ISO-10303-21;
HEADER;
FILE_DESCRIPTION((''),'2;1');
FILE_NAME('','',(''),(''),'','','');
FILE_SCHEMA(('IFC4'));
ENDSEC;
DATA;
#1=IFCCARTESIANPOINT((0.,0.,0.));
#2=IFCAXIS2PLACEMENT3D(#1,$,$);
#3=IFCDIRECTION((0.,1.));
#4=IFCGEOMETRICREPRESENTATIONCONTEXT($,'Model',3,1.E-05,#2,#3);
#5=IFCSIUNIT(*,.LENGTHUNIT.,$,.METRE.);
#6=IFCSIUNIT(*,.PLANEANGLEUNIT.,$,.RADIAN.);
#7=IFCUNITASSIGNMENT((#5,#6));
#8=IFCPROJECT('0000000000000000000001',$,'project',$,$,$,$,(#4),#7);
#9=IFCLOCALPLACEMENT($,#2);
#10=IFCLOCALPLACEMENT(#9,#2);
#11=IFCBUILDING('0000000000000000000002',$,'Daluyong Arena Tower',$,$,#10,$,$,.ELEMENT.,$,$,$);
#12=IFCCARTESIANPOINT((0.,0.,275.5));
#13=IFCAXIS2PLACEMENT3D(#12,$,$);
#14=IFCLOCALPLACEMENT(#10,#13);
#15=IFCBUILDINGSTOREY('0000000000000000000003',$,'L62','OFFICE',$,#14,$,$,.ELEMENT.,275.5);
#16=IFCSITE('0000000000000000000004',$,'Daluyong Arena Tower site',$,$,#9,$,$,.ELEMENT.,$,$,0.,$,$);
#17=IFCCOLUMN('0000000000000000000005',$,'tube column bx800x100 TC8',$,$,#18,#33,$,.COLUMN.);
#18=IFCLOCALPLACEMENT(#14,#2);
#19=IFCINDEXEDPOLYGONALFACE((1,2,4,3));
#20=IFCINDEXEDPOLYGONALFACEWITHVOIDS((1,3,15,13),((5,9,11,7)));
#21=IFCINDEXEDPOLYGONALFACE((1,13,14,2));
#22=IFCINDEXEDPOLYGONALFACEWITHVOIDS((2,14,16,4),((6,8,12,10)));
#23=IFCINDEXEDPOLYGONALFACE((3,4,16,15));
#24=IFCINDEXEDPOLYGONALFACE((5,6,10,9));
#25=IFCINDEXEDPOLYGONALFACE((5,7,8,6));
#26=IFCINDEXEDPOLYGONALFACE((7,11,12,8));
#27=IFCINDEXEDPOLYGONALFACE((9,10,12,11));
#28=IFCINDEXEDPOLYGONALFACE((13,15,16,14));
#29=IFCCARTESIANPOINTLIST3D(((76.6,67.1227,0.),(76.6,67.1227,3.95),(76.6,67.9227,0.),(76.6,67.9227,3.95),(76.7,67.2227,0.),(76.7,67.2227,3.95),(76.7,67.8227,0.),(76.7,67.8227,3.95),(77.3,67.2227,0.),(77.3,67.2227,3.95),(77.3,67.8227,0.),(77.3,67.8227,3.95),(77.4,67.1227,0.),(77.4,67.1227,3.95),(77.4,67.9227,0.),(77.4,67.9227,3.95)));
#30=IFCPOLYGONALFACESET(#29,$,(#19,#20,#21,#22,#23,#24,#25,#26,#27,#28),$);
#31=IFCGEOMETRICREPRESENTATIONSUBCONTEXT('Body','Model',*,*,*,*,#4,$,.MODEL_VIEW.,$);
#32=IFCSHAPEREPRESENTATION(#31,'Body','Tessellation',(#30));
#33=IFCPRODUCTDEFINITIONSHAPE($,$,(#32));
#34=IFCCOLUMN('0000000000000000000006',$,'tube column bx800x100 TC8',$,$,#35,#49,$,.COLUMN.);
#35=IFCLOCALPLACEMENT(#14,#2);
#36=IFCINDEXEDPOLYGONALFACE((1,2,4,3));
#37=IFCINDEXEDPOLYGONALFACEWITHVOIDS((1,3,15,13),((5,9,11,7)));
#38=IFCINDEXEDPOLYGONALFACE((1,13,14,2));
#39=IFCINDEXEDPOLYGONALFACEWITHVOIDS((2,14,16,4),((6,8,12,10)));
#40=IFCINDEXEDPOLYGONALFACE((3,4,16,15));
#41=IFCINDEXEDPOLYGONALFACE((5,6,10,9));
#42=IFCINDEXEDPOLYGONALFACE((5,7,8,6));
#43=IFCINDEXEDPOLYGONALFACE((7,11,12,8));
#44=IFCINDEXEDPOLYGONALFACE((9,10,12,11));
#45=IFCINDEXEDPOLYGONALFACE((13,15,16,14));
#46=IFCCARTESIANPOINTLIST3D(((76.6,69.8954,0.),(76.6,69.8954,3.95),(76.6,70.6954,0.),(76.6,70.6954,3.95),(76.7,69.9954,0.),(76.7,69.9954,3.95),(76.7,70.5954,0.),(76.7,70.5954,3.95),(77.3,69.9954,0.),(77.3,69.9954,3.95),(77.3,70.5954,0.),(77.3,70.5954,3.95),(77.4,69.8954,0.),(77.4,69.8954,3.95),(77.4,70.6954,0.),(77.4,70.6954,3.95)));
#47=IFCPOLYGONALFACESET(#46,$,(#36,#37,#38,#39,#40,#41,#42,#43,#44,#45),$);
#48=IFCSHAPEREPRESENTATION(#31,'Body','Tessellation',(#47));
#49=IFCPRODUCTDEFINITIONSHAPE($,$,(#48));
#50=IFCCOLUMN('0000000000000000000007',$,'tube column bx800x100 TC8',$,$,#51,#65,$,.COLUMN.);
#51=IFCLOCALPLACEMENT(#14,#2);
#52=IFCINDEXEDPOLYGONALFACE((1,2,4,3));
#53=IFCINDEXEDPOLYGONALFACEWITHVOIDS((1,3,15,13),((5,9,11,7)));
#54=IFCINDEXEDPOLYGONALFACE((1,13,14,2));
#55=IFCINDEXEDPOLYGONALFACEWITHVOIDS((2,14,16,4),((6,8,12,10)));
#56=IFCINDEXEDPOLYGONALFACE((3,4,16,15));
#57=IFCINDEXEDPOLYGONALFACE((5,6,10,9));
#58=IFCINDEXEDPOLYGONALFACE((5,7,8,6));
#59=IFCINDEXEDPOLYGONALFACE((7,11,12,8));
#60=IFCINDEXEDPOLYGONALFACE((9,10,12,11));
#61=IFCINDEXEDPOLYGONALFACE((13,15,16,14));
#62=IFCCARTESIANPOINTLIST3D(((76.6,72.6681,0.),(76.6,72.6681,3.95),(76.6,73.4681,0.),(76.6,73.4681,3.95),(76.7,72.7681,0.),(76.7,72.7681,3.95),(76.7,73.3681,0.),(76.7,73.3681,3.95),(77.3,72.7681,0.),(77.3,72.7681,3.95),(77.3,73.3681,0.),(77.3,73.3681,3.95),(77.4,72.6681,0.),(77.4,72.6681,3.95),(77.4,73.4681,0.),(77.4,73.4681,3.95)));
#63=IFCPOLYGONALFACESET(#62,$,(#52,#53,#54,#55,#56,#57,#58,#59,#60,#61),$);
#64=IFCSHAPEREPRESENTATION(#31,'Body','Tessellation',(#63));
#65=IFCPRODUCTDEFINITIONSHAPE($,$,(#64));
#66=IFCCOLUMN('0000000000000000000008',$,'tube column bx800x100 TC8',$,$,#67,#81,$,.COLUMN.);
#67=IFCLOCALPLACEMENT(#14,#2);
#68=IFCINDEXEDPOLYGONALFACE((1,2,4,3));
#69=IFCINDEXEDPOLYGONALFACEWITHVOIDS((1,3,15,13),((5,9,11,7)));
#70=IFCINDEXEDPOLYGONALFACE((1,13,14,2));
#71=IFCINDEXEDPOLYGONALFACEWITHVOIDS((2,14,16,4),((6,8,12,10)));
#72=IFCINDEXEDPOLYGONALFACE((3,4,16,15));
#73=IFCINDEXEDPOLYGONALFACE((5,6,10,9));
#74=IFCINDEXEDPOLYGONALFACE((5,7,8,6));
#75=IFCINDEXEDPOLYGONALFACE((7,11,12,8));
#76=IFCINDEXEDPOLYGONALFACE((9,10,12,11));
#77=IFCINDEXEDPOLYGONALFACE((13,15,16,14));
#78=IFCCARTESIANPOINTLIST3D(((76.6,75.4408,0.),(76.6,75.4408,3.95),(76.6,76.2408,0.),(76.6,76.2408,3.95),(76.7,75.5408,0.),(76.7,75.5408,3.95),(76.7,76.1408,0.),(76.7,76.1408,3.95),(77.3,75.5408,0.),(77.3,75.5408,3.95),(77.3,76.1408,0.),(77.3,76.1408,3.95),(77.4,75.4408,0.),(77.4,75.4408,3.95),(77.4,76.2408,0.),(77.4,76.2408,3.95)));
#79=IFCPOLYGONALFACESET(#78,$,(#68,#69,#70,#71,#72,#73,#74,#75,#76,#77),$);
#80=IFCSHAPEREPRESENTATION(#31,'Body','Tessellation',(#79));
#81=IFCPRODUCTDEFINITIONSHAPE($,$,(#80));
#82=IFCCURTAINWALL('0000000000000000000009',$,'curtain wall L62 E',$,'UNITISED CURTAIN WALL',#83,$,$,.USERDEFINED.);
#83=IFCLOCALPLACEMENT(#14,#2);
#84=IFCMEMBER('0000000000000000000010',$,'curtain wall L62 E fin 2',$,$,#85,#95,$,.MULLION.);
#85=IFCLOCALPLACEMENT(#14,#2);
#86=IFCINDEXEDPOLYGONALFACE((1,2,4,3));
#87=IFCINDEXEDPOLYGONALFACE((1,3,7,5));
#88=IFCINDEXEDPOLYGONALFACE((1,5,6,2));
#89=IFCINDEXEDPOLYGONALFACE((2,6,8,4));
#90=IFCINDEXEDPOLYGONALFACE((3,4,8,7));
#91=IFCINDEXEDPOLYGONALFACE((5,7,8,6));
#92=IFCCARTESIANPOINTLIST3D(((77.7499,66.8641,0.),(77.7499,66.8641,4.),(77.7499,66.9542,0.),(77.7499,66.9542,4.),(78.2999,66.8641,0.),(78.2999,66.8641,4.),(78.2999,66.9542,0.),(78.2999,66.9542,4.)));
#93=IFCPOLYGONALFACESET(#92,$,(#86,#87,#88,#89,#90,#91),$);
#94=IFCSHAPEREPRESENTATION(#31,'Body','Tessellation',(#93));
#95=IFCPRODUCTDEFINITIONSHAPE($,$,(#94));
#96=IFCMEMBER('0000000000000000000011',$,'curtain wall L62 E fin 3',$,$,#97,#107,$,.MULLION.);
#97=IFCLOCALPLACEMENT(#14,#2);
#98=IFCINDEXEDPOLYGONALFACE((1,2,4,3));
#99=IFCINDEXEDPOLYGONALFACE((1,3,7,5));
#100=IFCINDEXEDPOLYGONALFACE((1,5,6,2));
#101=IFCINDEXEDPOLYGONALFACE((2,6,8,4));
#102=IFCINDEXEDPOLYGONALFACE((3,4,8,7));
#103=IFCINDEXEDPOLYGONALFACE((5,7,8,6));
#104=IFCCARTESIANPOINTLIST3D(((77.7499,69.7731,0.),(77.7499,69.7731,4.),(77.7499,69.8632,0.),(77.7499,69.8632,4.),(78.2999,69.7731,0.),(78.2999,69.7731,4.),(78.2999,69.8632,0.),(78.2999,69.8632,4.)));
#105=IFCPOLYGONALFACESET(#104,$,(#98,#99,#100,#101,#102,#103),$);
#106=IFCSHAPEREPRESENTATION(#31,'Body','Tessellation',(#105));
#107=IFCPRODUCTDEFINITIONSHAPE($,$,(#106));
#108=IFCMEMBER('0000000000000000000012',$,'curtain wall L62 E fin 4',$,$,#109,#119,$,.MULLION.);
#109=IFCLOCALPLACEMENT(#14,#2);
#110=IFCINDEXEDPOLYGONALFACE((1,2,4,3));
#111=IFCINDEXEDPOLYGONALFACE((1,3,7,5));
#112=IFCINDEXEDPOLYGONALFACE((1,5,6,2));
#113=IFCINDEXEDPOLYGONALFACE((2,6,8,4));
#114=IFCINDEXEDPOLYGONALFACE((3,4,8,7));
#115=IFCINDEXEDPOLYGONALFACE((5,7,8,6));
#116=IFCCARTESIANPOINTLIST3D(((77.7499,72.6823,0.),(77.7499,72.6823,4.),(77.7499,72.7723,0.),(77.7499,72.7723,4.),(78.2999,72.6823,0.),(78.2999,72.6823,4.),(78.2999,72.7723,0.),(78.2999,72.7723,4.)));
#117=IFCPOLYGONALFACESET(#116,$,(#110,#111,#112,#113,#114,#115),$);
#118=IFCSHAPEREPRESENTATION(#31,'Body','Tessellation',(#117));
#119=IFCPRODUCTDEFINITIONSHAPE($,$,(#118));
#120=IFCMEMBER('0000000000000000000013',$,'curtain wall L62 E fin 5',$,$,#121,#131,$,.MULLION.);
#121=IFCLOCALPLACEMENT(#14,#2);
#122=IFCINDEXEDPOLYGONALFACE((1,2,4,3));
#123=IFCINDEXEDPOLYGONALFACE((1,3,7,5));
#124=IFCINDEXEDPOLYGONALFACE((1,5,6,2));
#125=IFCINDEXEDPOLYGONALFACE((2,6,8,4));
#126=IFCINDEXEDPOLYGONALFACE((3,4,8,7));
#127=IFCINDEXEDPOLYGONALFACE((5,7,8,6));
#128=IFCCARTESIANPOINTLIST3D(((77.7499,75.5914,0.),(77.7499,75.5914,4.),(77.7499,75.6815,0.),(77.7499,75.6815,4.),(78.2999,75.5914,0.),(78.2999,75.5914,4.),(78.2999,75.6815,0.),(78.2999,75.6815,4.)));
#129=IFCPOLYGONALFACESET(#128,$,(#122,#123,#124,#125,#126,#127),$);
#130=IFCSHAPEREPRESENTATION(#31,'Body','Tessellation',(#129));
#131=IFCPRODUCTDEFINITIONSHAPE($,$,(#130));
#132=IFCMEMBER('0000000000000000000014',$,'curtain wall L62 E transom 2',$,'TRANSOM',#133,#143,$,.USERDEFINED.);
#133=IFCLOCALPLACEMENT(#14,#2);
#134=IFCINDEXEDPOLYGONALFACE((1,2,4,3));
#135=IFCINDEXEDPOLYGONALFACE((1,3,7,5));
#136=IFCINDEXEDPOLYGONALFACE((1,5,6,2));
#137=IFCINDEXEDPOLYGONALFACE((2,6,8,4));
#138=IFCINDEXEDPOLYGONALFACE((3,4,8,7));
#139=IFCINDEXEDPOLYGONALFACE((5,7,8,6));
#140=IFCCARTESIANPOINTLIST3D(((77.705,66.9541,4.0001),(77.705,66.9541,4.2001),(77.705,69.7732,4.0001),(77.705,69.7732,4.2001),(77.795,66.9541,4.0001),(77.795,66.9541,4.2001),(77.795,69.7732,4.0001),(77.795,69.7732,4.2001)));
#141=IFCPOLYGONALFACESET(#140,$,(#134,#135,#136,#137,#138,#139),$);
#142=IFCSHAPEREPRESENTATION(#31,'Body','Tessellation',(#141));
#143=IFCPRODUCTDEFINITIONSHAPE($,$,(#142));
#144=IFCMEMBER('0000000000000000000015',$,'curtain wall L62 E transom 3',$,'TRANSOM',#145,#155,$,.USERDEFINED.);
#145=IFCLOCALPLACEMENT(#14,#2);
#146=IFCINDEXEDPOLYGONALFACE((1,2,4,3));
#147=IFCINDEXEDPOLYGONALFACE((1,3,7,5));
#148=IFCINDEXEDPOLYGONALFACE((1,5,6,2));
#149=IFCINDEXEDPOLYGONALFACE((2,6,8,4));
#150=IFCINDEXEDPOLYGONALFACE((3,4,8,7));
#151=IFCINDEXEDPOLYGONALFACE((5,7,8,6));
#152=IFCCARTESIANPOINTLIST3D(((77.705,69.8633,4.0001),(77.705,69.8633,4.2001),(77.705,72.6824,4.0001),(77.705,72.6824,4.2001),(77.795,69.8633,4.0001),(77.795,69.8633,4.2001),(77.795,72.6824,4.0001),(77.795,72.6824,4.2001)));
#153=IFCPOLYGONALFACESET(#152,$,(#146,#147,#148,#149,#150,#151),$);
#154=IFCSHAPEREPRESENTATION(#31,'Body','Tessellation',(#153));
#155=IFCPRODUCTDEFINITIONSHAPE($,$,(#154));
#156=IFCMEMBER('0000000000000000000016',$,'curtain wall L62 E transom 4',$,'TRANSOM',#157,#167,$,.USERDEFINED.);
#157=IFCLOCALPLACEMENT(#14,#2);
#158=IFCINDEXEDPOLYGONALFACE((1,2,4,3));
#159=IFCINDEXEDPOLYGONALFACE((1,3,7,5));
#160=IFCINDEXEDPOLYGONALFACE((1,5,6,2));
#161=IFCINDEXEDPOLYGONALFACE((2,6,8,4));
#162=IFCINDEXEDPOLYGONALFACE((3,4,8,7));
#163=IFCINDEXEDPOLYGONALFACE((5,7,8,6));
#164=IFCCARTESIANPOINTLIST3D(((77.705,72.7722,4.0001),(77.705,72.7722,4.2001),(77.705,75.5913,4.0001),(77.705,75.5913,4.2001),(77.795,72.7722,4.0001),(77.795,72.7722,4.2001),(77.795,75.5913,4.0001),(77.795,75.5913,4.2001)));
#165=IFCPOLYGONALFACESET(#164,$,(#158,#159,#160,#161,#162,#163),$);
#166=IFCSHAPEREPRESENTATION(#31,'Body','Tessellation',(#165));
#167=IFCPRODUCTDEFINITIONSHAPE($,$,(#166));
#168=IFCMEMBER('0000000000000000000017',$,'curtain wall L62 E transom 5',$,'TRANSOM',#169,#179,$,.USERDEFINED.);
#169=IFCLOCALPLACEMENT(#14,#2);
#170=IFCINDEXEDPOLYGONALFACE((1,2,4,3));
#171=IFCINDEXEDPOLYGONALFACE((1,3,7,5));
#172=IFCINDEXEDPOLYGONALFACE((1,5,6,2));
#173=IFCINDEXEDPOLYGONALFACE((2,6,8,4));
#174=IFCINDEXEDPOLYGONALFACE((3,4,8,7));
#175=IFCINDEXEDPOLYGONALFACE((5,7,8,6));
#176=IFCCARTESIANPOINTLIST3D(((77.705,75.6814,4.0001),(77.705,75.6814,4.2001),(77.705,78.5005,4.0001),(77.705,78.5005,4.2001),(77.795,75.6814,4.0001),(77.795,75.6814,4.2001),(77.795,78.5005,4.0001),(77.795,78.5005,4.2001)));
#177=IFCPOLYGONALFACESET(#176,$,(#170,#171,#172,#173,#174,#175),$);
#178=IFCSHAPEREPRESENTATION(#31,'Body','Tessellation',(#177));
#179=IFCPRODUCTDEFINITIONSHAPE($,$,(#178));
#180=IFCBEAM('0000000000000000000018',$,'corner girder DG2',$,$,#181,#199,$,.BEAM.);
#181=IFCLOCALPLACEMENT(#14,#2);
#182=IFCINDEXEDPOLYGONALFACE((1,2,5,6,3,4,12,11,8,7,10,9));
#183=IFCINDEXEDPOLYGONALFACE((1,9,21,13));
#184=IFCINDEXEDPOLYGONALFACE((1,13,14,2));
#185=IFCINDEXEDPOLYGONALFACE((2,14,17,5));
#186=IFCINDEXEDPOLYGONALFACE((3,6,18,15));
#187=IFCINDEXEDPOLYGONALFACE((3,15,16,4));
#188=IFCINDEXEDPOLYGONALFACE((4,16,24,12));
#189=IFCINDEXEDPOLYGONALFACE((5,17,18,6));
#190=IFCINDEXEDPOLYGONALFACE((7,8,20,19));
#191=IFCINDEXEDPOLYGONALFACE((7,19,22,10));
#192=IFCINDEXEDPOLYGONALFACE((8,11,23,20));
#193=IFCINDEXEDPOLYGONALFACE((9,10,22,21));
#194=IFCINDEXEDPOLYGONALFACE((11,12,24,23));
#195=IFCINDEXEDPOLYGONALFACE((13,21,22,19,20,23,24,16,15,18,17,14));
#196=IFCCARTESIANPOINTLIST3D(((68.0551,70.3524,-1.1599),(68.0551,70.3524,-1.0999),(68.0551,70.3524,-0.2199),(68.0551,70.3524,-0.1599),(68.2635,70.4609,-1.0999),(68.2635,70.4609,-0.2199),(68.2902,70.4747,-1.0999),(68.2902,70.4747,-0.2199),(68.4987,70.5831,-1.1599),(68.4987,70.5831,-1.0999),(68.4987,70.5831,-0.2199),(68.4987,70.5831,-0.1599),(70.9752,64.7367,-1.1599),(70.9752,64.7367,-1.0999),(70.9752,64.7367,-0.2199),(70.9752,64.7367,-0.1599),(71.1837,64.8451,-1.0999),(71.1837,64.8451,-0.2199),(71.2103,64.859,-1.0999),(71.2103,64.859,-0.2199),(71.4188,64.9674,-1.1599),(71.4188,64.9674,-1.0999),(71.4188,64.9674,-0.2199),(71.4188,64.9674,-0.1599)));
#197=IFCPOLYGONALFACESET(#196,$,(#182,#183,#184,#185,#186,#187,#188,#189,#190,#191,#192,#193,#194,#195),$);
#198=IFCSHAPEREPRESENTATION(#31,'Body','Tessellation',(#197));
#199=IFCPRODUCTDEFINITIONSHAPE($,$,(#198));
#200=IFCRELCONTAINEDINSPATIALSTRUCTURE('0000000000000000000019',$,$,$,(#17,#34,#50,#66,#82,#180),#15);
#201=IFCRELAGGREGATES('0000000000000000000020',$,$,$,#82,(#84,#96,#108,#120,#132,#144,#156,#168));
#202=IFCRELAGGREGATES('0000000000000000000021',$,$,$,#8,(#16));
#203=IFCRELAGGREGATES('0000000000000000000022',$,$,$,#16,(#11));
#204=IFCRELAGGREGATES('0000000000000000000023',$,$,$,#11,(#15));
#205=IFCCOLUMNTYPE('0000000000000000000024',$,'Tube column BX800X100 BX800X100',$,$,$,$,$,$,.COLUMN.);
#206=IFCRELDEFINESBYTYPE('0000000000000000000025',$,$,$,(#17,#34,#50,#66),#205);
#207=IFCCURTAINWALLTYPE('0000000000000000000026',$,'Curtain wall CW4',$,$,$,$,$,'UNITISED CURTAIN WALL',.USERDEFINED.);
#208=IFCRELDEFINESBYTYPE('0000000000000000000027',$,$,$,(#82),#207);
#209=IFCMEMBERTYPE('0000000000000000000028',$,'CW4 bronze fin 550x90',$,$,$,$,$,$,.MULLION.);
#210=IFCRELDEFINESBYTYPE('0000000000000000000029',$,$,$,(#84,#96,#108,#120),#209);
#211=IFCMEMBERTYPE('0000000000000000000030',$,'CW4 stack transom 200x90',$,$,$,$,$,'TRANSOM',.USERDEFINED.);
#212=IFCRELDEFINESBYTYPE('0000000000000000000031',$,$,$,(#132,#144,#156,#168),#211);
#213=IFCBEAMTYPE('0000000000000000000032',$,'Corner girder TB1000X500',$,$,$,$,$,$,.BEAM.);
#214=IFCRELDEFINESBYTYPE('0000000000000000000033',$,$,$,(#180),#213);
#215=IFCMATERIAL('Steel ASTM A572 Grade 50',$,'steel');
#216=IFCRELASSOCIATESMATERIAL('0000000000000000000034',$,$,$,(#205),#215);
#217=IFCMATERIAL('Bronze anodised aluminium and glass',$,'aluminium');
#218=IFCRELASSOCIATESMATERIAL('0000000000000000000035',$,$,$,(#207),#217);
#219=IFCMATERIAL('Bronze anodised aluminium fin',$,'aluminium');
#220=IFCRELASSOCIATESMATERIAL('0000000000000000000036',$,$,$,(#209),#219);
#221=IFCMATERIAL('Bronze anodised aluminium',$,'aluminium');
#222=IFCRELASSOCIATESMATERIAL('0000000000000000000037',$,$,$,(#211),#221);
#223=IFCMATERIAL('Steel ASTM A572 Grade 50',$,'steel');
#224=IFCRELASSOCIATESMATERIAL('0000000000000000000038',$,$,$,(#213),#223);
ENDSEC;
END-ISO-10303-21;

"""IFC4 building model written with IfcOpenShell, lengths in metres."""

from ifc_helpers import new_model, si_unit, direction, frame, origin, origin_2d, place, context, subcontext, project, spatial, rectangle, hollow_rectangle, i_section, extrude, material, material_profile, profile_set, type_object, element, aggregate, save


model = new_model("IFC4")

# Units and contexts
model_context = context("Model", 3, precision=1e-05, world=origin(), true_north=direction((0.0, 1.0)))
body_context = subcontext(model_context, "Body", "Model", "MODEL_VIEW")
ifc_project = project(units=[si_unit("LENGTHUNIT", "METRE"), si_unit("PLANEANGLEUNIT", "RADIAN")], contexts=[model_context])

# Site, building, storey
site_placement = place(None, origin())
site = spatial("IfcSite", under=ifc_project, at=site_placement, Name="Daluyong Arena Tower site", CompositionType="ELEMENT", RefElevation=0.0)
building_placement = place(site_placement, origin())
building = spatial("IfcBuilding", under=site, at=building_placement, Name="Daluyong Arena Tower", CompositionType="ELEMENT")
storey_placement = place(building_placement, frame((0.0, 0.0, 275.5)))
storey = spatial("IfcBuildingStorey", under=building, at=storey_placement, Name="L62", Description="OFFICE", CompositionType="ELEMENT", Elevation=275.5)

# Columns
ifc_material_1 = material(Name="Steel ASTM A572 Grade 50", Category="steel")
ifc_material_profile_1 = material_profile(ifc_material_1, hollow_rectangle(XDim=0.8, YDim=0.8, WallThickness=0.1, at=origin_2d()))
ifc_profile_set_1 = profile_set([ifc_material_profile_1], Name="Steel ASTM A572 Grade 50")
column_type = type_object("IfcColumnType", Name="Tube column BX800X100 BX800X100", PredefinedType="COLUMN", material=ifc_profile_set_1)
for number, where, z_axis, x_axis, name in (
    (1, (77.0, 67.5227, 0.0), (0.0, 0.0, 1.0), (0.0, 1.0, 0.0), "tube column bx800x100 TC8"),
    (2, (77.0, 70.2954, 0.0), (0.0, 0.0, 1.0), (0.0, 1.0, 0.0), "tube column bx800x100 TC8"),
    (3, (77.0, 73.0681, 0.0), (0.0, 0.0, 1.0), (0.0, 1.0, 0.0), "tube column bx800x100 TC8"),
    (4, (77.0, 75.8408, 0.0), (0.0, 0.0, 1.0), (0.0, 1.0, 0.0), "tube column bx800x100 TC8"),
):
    element("IfcColumn", number, at=place(storey_placement, frame(where, z_axis=z_axis, x_axis=x_axis)), inside=storey, type_object=column_type, Name=name, PredefinedType="COLUMN", context=body_context, shape_type="SweptSolid", body=[
        extrude(hollow_rectangle(XDim=0.8, YDim=0.8, WallThickness=0.1, at=origin_2d()), origin(), (0.0, 0.0, 1.0), 3.95),
    ])

# Curtain wall, members
ifc_material_2 = material(Name="Bronze anodised aluminium and glass", Category="aluminium")
curtain_wall_type = type_object("IfcCurtainWallType", Name="Curtain wall CW4", ElementType="UNITISED CURTAIN WALL", PredefinedType="USERDEFINED", material=ifc_material_2)
curtain_wall_placement = place(storey_placement, origin())
curtain_wall = element("IfcCurtainWall", 5, at=curtain_wall_placement, inside=storey, type_object=curtain_wall_type, Name="curtain wall L62 E", ObjectType="UNITISED CURTAIN WALL", PredefinedType="USERDEFINED")
ifc_material_3 = material(Name="Bronze anodised aluminium fin", Category="aluminium")
ifc_material_profile_2 = material_profile(ifc_material_3, rectangle(XDim=0.55, YDim=0.0901, at=origin_2d()))
ifc_profile_set_2 = profile_set([ifc_material_profile_2], Name="Bronze anodised aluminium fin")
member_type_1 = type_object("IfcMemberType", Name="CW4 bronze fin 550x90", PredefinedType="MULLION", material=ifc_profile_set_2)
member_1_placement = place(storey_placement, frame((78.0249, 66.9092, 0.0), z_axis=(0.0, 0.0, 1.0), x_axis=(-1.0, 0.0, 0.0)))
member_1 = element("IfcMember", 6, at=member_1_placement, type_object=member_type_1, Name="curtain wall L62 E fin 2", PredefinedType="MULLION", context=body_context, shape_type="SweptSolid", body=[
    extrude(rectangle(XDim=0.55, YDim=0.0901, at=origin_2d()), origin(), (0.0, 0.0, 1.0), 4.0),
])
member_2_placement = place(storey_placement, frame((78.0249, 69.8181, 0.0), z_axis=(0.0, 0.0, 1.0), x_axis=(-1.0, 0.0, 0.0)))
member_2 = element("IfcMember", 7, at=member_2_placement, type_object=member_type_1, Name="curtain wall L62 E fin 3", PredefinedType="MULLION", context=body_context, shape_type="SweptSolid", body=[
    extrude(rectangle(XDim=0.55, YDim=0.0901, at=origin_2d()), origin(), (0.0, 0.0, 1.0), 4.0),
])
member_3_placement = place(storey_placement, frame((78.0249, 72.7273, 0.0), z_axis=(0.0, 0.0, 1.0), x_axis=(-1.0, 0.0, 0.0)))
member_3 = element("IfcMember", 8, at=member_3_placement, type_object=member_type_1, Name="curtain wall L62 E fin 4", PredefinedType="MULLION", context=body_context, shape_type="SweptSolid", body=[
    extrude(rectangle(XDim=0.55, YDim=0.0901, at=origin_2d()), origin(), (0.0, 0.0, 1.0), 4.0),
])
member_4_placement = place(storey_placement, frame((78.0249, 75.6365, 0.0), z_axis=(0.0, 0.0, 1.0), x_axis=(-1.0, 0.0, 0.0)))
member_4 = element("IfcMember", 9, at=member_4_placement, type_object=member_type_1, Name="curtain wall L62 E fin 5", PredefinedType="MULLION", context=body_context, shape_type="SweptSolid", body=[
    extrude(rectangle(XDim=0.55, YDim=0.0901, at=origin_2d()), origin(), (0.0, 0.0, 1.0), 4.0),
])
ifc_material_4 = material(Name="Bronze anodised aluminium", Category="aluminium")
ifc_material_profile_3 = material_profile(ifc_material_4, rectangle(XDim=0.0901, YDim=0.2, at=origin_2d()))
ifc_profile_set_3 = profile_set([ifc_material_profile_3], Name="Bronze anodised aluminium")
member_type_2 = type_object("IfcMemberType", Name="CW4 stack transom 200x90", ElementType="TRANSOM", PredefinedType="USERDEFINED", material=ifc_profile_set_3)
member_5_placement = place(storey_placement, frame((77.75, 66.9541, 4.1001), z_axis=(0.0, 1.0, 0.0), x_axis=(-1.0, 0.0, 0.0)))
member_5 = element("IfcMember", 10, at=member_5_placement, type_object=member_type_2, Name="curtain wall L62 E transom 2", ObjectType="TRANSOM", PredefinedType="USERDEFINED", context=body_context, shape_type="SweptSolid", body=[
    extrude(rectangle(XDim=0.0901, YDim=0.2, at=origin_2d()), origin(), (0.0, 0.0, 1.0), 2.8191),
])
member_6_placement = place(storey_placement, frame((77.75, 69.8633, 4.1001), z_axis=(0.0, 1.0, 0.0), x_axis=(-1.0, 0.0, 0.0)))
member_6 = element("IfcMember", 11, at=member_6_placement, type_object=member_type_2, Name="curtain wall L62 E transom 3", ObjectType="TRANSOM", PredefinedType="USERDEFINED", context=body_context, shape_type="SweptSolid", body=[
    extrude(rectangle(XDim=0.0901, YDim=0.2, at=origin_2d()), origin(), (0.0, 0.0, 1.0), 2.8191),
])
member_7_placement = place(storey_placement, frame((77.75, 72.7722, 4.1001), z_axis=(0.0, 1.0, 0.0), x_axis=(-1.0, 0.0, 0.0)))
member_7 = element("IfcMember", 12, at=member_7_placement, type_object=member_type_2, Name="curtain wall L62 E transom 4", ObjectType="TRANSOM", PredefinedType="USERDEFINED", context=body_context, shape_type="SweptSolid", body=[
    extrude(rectangle(XDim=0.0901, YDim=0.2, at=origin_2d()), origin(), (0.0, 0.0, 1.0), 2.8191),
])
member_8_placement = place(storey_placement, frame((77.75, 75.6814, 4.1001), z_axis=(0.0, 1.0, 0.0), x_axis=(-1.0, 0.0, 0.0)))
member_8 = element("IfcMember", 13, at=member_8_placement, type_object=member_type_2, Name="curtain wall L62 E transom 5", ObjectType="TRANSOM", PredefinedType="USERDEFINED", context=body_context, shape_type="SweptSolid", body=[
    extrude(rectangle(XDim=0.0901, YDim=0.2, at=origin_2d()), origin(), (0.0, 0.0, 1.0), 2.8191),
])

# Beam
ifc_material_5 = material(Name="Steel ASTM A572 Grade 50", Category="steel")
ifc_material_profile_4 = material_profile(ifc_material_5, i_section(OverallWidth=0.5, OverallDepth=1.0, WebThickness=0.03, FlangeThickness=0.06, at=origin_2d()))
ifc_profile_set_4 = profile_set([ifc_material_profile_4], Name="Steel ASTM A572 Grade 50")
beam_type_1 = type_object("IfcBeamType", Name="Corner girder TB1000X500", PredefinedType="BEAM", material=ifc_profile_set_4)
beam_1_placement = place(storey_placement, frame((71.197, 64.8521, -0.6599), z_axis=(-0.461352, 0.887217, 0.0), x_axis=(-0.887217, -0.461352, 0.0)))
element("IfcBeam", 14, at=beam_1_placement, inside=storey, type_object=beam_type_1, Name="corner girder DG2", PredefinedType="BEAM", context=body_context, shape_type="SweptSolid", body=[
    extrude(i_section(OverallWidth=0.5, OverallDepth=1.0, WebThickness=0.03, FlangeThickness=0.06, at=origin_2d()), origin(), (0.0, 0.0, 1.0), 6.3296),
])

aggregate(curtain_wall, [member_1, member_2, member_3, member_4, member_5, member_6, member_7, member_8])

save(model, "model.ifc")
